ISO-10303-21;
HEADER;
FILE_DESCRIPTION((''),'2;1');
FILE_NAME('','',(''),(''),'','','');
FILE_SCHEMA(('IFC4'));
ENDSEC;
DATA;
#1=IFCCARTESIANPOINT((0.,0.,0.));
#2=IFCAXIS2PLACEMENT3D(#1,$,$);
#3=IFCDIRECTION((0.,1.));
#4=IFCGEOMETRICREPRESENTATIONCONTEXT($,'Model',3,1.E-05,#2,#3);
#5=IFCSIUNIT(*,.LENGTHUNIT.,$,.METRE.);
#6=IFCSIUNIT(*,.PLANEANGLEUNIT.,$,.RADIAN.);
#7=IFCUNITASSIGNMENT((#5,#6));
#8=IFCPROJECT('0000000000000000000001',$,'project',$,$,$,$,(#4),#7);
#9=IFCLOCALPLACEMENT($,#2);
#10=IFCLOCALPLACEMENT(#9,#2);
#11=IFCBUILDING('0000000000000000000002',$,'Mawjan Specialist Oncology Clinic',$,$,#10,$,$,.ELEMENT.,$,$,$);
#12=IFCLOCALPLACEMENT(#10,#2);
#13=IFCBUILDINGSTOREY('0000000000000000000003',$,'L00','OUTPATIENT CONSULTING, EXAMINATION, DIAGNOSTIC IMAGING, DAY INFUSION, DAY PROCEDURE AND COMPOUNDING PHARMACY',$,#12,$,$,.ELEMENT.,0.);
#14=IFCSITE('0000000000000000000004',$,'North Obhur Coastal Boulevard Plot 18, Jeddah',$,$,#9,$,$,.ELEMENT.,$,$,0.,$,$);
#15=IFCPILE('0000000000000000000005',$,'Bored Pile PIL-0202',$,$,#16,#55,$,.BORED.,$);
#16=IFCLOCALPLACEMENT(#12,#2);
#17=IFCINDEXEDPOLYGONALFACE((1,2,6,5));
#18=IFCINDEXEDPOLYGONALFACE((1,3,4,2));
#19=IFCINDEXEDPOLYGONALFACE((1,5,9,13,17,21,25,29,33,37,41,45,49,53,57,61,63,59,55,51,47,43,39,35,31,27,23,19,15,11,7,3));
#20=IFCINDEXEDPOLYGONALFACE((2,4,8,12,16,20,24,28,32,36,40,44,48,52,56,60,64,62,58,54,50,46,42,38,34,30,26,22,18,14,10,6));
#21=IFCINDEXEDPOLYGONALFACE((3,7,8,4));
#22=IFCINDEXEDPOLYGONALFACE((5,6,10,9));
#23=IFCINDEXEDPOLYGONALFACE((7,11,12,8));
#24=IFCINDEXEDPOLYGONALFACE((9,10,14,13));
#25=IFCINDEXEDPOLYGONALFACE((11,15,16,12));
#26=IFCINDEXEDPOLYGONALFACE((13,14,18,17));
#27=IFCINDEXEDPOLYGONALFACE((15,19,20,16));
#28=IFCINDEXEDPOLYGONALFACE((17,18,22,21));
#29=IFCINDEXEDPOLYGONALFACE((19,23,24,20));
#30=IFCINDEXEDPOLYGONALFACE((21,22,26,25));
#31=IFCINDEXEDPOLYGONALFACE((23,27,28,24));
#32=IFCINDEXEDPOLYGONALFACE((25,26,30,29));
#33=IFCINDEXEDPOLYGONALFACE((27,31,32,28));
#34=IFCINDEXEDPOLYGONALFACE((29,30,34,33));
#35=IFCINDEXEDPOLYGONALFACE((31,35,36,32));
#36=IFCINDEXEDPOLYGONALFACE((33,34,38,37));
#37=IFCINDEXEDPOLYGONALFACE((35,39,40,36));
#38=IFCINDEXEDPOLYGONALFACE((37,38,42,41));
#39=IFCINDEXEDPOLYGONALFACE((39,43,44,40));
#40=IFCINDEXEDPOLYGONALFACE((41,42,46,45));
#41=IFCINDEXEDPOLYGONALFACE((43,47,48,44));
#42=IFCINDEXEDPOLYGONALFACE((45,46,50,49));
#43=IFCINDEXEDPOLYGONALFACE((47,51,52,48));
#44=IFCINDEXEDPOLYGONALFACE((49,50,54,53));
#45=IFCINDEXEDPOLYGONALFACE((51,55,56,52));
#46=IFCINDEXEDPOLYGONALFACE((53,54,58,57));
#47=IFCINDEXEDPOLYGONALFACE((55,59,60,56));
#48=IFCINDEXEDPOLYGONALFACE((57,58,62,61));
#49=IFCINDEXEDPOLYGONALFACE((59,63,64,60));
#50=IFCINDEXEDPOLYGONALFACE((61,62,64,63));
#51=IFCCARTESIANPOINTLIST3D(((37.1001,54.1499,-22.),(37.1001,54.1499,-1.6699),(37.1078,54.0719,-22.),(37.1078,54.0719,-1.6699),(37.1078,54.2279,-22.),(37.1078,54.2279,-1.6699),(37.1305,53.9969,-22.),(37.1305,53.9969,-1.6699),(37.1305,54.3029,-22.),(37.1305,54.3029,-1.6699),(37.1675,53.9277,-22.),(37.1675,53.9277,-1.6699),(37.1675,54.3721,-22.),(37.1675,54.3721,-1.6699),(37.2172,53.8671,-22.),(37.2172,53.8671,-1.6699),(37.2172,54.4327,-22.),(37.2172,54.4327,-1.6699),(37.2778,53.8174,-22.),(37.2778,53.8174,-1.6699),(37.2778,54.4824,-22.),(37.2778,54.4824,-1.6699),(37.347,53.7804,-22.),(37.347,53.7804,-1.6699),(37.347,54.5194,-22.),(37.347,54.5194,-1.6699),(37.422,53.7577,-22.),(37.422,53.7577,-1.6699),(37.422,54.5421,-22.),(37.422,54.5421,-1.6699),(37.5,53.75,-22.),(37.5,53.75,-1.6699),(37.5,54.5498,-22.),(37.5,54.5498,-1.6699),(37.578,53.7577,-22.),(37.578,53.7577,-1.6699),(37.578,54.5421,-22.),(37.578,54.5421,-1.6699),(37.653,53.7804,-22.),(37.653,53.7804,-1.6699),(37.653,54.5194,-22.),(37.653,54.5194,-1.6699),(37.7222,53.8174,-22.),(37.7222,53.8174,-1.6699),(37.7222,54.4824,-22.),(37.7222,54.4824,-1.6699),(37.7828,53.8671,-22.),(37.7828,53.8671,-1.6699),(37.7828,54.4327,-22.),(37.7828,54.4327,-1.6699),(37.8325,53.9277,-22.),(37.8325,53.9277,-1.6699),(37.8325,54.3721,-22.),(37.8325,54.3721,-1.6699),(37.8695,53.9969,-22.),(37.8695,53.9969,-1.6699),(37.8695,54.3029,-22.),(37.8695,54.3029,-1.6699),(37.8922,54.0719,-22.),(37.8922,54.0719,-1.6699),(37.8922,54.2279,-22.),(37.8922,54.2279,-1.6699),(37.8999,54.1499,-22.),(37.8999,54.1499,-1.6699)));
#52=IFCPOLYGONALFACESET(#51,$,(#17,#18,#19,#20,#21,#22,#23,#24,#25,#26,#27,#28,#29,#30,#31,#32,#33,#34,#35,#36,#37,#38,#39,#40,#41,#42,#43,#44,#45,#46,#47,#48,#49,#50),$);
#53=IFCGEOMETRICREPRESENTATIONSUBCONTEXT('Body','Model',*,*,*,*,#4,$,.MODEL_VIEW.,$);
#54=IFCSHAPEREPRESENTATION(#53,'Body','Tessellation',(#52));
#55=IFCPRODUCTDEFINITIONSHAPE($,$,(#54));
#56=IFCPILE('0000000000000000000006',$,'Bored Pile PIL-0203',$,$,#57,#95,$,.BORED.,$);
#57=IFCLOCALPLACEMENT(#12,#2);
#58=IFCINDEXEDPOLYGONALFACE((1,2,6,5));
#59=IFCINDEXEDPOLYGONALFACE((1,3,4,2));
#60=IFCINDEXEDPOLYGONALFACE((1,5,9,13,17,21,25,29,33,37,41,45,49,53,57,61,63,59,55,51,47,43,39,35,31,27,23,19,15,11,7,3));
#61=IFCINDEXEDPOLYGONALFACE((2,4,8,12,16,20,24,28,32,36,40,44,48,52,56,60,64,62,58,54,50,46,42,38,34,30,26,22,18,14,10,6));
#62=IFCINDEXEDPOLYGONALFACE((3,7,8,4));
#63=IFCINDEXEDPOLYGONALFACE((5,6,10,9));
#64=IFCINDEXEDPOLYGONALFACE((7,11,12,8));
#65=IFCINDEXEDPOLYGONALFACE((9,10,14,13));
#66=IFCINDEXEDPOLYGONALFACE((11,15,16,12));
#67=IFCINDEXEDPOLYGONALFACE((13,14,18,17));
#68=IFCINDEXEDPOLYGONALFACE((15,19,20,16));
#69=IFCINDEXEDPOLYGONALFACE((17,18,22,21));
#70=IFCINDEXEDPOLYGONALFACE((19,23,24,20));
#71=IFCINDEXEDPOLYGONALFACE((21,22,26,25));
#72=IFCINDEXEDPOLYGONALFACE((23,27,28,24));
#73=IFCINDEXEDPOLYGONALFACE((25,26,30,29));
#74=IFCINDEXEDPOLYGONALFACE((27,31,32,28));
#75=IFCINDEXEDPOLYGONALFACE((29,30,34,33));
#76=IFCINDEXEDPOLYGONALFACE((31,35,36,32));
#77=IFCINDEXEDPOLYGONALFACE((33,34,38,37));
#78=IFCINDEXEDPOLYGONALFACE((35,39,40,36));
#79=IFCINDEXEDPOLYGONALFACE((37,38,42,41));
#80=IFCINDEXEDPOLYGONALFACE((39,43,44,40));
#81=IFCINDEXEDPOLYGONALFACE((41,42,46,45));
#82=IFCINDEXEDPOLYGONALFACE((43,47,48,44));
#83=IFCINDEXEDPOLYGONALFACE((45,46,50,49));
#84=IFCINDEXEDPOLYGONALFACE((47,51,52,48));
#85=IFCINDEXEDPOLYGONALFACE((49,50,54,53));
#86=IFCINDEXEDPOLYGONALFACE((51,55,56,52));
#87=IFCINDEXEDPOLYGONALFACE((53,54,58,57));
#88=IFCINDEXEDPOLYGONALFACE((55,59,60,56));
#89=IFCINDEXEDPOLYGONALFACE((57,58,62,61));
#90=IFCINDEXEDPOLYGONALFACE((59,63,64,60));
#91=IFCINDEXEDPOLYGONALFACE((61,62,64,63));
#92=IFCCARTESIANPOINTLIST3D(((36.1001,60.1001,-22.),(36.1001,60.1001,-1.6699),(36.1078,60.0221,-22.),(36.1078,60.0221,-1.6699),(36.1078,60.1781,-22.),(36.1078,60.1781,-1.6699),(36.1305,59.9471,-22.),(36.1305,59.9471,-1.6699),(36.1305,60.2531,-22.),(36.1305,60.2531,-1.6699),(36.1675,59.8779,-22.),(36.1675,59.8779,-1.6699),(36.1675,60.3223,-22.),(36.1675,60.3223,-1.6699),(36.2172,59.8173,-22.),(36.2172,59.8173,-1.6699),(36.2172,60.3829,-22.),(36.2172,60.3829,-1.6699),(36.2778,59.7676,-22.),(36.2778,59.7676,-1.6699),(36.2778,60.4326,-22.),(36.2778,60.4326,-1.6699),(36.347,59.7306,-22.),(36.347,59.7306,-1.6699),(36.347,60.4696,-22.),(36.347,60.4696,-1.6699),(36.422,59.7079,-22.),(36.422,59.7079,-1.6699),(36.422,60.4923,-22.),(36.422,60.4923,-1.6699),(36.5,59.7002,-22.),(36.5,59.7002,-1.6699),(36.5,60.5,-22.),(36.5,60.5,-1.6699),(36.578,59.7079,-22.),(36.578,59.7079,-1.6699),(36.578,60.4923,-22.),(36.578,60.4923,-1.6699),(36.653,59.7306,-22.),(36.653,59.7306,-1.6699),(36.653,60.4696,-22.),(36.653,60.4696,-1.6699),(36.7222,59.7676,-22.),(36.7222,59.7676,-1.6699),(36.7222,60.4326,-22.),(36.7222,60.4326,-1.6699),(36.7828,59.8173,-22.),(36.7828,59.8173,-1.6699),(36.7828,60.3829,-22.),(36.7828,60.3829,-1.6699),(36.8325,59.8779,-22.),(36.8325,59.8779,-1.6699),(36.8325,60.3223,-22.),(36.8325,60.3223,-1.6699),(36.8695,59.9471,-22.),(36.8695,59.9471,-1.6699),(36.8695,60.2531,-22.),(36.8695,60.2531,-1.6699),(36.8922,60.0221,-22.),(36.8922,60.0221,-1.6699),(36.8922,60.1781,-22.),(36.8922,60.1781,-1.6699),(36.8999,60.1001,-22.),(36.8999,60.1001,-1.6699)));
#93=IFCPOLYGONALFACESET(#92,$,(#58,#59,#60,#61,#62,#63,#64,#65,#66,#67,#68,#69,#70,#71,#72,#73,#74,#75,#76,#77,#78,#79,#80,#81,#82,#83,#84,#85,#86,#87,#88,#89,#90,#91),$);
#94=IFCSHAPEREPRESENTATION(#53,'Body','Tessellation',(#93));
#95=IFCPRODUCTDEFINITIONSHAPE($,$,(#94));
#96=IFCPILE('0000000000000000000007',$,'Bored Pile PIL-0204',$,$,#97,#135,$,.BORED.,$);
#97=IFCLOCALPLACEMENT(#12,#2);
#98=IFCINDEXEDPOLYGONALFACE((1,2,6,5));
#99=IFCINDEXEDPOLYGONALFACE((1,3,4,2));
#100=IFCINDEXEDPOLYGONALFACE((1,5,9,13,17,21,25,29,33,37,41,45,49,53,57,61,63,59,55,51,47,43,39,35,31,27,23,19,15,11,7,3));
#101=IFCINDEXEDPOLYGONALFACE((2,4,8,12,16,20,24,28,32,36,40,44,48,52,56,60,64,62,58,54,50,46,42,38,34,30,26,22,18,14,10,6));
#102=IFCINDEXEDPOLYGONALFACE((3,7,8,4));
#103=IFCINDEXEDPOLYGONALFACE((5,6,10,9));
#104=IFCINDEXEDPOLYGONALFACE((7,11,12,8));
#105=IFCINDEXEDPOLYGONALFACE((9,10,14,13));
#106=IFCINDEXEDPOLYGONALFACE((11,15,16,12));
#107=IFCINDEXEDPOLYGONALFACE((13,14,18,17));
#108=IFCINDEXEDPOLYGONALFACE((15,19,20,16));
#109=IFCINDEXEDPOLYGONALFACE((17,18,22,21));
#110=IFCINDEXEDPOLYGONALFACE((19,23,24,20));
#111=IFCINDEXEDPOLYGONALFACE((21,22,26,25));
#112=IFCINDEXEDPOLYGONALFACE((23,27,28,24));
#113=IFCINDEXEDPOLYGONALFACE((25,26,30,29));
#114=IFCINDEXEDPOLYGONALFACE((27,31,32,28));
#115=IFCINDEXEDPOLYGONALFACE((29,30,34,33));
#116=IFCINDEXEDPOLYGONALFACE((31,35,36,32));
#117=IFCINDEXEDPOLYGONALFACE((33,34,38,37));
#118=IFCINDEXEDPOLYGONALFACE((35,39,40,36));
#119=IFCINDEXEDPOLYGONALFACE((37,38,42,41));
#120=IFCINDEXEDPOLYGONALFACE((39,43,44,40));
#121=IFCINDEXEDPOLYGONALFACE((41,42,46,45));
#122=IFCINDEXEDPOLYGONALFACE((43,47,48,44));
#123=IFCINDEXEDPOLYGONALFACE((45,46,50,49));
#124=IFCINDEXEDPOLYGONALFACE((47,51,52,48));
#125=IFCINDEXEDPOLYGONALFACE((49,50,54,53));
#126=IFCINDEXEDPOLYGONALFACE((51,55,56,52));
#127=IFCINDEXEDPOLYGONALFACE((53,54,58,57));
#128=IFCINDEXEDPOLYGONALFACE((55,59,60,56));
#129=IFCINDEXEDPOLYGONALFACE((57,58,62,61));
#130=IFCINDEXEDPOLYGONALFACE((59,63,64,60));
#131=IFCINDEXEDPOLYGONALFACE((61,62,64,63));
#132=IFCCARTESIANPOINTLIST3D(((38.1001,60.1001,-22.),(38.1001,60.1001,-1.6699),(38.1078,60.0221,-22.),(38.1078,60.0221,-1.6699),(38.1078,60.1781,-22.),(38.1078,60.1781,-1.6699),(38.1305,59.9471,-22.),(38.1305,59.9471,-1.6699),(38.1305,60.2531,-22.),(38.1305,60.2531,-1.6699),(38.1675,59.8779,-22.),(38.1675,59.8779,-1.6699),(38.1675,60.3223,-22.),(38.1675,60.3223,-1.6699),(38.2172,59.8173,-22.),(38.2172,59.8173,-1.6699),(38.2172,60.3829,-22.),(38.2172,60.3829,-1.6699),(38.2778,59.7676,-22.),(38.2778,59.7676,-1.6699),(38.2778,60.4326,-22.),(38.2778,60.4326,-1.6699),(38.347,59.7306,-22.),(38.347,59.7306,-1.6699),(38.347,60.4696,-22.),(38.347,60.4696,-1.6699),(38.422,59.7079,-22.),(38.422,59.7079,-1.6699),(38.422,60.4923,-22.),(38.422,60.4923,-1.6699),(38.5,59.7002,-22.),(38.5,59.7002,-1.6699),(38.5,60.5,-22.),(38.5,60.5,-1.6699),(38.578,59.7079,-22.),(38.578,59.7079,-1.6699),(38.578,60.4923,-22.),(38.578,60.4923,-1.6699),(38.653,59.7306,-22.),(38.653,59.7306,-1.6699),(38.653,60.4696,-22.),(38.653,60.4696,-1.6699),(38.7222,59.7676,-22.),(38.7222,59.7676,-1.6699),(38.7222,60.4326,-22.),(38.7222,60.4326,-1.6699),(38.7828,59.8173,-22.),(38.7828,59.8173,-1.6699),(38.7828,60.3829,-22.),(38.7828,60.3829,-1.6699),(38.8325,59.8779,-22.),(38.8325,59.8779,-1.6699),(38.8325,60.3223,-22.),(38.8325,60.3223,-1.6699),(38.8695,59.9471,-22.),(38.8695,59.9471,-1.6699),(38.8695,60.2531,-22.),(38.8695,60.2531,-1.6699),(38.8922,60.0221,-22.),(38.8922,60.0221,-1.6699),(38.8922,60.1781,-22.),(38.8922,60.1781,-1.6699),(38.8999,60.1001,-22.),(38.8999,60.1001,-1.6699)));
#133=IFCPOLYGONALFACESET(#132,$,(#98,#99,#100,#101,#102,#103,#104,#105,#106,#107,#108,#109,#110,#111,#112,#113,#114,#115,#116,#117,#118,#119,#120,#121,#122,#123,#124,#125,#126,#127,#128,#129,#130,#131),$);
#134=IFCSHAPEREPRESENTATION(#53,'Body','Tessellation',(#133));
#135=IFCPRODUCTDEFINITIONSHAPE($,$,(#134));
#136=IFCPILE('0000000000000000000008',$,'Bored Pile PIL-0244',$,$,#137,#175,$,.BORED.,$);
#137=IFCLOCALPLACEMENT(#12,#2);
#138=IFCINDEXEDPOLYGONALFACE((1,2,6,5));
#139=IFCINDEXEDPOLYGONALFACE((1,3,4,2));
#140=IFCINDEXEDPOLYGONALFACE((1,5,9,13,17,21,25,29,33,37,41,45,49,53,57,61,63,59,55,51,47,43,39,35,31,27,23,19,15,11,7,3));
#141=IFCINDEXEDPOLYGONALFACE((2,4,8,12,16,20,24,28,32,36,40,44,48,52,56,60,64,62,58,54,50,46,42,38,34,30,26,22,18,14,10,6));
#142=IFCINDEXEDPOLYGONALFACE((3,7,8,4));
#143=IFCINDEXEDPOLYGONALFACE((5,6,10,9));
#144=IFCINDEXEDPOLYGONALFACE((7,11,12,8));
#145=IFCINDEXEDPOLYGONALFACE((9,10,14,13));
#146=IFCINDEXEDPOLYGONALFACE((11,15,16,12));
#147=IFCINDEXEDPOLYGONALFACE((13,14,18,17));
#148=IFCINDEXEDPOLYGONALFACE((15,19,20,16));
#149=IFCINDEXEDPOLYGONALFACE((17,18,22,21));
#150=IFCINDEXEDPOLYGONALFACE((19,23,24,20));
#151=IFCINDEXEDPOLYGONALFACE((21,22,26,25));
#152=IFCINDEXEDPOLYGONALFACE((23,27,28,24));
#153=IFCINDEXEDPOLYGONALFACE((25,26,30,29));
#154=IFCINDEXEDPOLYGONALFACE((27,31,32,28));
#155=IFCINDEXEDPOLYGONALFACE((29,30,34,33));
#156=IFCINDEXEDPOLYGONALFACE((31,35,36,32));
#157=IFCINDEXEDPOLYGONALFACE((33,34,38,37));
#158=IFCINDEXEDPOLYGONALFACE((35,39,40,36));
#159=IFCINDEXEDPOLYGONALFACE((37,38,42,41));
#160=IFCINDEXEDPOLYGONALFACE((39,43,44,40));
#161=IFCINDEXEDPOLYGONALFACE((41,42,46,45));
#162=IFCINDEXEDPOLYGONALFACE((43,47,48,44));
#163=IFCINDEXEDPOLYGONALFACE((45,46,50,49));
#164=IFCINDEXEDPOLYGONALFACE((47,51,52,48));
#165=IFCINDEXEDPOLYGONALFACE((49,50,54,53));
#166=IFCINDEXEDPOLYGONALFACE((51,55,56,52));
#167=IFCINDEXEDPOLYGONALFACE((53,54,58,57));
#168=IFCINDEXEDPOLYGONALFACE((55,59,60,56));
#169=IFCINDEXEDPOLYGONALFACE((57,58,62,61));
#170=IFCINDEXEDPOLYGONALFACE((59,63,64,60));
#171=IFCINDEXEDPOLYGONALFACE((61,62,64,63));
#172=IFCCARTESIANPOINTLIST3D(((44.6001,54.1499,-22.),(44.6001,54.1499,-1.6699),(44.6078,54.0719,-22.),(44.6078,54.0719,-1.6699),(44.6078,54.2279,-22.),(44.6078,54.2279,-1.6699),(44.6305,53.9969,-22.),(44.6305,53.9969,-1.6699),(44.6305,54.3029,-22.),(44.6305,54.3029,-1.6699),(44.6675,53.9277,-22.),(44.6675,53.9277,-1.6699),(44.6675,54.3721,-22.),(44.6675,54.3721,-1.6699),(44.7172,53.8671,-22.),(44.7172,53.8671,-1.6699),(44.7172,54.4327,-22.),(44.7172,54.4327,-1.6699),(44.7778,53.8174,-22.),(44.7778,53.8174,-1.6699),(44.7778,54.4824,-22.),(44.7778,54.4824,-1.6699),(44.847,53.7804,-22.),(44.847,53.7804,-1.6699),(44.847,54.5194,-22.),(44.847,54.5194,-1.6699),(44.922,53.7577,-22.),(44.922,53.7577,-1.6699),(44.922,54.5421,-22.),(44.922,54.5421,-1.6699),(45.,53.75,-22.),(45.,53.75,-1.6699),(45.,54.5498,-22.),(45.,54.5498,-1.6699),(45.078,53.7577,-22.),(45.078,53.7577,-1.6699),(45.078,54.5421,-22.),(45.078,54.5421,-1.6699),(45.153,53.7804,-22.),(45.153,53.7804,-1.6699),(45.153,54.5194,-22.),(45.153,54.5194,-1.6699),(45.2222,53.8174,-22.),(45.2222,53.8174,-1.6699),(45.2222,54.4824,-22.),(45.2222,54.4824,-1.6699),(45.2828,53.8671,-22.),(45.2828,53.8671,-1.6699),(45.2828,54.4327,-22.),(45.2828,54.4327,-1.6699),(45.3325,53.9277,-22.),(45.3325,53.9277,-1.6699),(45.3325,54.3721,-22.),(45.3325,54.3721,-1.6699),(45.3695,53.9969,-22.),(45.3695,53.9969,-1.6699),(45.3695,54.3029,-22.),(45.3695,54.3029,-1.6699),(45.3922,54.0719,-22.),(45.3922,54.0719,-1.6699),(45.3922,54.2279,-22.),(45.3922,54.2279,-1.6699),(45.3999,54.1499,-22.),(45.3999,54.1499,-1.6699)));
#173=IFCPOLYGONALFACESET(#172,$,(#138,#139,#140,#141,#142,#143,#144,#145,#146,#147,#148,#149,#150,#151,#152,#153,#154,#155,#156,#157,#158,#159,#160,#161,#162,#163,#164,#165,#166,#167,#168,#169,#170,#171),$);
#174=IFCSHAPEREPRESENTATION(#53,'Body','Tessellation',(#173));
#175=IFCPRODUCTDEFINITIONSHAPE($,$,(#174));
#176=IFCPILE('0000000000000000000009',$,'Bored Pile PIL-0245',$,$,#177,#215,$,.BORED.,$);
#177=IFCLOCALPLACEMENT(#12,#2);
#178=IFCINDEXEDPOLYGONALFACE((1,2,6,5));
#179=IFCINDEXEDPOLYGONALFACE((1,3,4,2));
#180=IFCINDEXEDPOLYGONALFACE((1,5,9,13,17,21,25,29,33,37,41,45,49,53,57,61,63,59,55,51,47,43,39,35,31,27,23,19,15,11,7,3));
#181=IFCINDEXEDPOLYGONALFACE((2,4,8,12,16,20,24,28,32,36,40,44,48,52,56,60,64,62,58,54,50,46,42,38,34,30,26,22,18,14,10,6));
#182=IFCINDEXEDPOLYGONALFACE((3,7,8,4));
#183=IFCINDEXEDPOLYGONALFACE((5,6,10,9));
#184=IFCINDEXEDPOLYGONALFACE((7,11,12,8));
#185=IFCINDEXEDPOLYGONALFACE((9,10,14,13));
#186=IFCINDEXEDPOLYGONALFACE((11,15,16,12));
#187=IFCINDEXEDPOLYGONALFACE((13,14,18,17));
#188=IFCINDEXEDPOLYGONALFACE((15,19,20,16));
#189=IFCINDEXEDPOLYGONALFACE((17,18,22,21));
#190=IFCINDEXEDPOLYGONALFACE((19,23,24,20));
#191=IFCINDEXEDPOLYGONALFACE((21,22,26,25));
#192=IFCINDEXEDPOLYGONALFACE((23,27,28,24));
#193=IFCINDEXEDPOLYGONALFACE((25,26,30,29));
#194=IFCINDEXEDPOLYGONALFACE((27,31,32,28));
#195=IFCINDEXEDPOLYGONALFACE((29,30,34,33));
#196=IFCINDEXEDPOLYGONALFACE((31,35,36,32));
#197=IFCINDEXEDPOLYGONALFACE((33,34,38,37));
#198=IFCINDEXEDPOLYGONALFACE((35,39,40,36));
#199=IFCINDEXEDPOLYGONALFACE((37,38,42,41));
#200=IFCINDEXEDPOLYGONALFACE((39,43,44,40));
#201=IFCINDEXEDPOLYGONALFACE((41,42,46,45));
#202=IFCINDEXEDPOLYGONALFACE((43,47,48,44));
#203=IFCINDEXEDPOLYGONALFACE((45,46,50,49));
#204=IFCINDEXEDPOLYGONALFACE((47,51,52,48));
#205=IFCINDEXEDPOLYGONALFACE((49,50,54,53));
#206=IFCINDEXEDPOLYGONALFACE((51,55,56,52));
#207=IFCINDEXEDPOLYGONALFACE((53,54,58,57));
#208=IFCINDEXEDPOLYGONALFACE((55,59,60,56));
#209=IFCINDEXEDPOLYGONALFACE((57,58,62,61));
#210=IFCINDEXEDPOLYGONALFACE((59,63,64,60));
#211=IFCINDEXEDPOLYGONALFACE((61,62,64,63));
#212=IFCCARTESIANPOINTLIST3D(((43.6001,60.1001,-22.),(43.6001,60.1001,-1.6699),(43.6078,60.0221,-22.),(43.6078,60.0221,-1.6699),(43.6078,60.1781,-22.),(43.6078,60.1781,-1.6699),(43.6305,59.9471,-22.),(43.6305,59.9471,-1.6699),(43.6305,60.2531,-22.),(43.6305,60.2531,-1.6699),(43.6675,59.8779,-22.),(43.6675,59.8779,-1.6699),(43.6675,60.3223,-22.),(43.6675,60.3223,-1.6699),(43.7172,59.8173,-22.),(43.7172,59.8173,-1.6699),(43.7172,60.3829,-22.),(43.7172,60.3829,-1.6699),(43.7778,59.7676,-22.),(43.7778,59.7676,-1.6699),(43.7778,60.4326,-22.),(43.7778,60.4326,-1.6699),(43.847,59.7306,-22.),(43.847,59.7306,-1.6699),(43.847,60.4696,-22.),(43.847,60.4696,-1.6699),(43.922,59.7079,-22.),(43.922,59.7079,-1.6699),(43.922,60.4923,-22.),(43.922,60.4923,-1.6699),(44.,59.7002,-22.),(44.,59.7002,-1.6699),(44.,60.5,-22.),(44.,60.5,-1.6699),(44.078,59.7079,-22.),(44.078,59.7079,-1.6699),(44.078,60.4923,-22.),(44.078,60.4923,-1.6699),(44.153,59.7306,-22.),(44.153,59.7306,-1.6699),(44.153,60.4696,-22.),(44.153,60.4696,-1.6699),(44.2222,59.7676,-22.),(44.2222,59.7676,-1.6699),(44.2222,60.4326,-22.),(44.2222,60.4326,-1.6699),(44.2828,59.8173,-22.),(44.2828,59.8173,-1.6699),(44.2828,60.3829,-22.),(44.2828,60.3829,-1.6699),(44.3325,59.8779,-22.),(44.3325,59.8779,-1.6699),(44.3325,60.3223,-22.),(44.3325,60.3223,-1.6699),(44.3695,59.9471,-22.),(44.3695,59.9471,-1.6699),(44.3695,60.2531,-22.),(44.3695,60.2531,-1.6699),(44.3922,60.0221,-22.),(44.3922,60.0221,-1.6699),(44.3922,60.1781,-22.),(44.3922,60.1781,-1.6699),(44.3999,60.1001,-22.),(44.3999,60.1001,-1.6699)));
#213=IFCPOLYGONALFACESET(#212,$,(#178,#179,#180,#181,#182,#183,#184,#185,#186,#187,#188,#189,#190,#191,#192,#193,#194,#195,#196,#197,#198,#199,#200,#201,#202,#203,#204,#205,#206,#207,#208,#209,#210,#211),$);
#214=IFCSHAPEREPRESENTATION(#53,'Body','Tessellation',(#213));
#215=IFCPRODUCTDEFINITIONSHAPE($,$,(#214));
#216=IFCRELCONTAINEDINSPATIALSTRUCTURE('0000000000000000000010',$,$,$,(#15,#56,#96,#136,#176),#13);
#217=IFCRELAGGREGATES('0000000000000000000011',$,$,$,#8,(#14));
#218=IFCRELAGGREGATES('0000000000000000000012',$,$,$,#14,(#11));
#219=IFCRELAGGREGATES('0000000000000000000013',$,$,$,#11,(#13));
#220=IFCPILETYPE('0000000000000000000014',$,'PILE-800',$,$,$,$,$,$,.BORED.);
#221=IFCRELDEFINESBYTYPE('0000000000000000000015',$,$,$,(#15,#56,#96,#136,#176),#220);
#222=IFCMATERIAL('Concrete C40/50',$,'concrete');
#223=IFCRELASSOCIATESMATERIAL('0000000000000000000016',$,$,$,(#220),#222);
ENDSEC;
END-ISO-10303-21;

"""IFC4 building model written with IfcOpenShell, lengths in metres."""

from ifc_helpers import new_model, si_unit, direction, frame, origin, origin_2d, place, context, subcontext, project, spatial, circle, extrude, material, material_profile, profile_set, type_object, element, save


model = new_model("IFC4")

# Units and contexts
model_context = context("Model", 3, precision=1e-05, world=origin(), true_north=direction((0.0, 1.0)))
body_context = subcontext(model_context, "Body", "Model", "MODEL_VIEW")
ifc_project = project(units=[si_unit("LENGTHUNIT", "METRE"), si_unit("PLANEANGLEUNIT", "RADIAN")], contexts=[model_context])

# Site, building, storey
site_placement = place(None, origin())
site = spatial("IfcSite", under=ifc_project, at=site_placement, Name="North Obhur Coastal Boulevard Plot 18, Jeddah", CompositionType="ELEMENT", RefElevation=0.0)
building_placement = place(site_placement, origin())
building = spatial("IfcBuilding", under=site, at=building_placement, Name="Mawjan Specialist Oncology Clinic", CompositionType="ELEMENT")
storey_placement = place(building_placement, origin())
storey = spatial("IfcBuildingStorey", under=building, at=storey_placement, Name="L00", Description="OUTPATIENT CONSULTING, EXAMINATION, DIAGNOSTIC IMAGING, DAY INFUSION, DAY PROCEDURE AND COMPOUNDING PHARMACY", CompositionType="ELEMENT", Elevation=0.0)

# Piles
ifc_material_1 = material(Name="Concrete C40/50", Category="concrete")
ifc_material_profile_1 = material_profile(ifc_material_1, circle(Radius=0.3999, at=origin_2d()), Name="BORED PILE D800", Category="concrete")
ifc_profile_set_1 = profile_set([ifc_material_profile_1], Name="Concrete C40/50")
pile_type = type_object("IfcPileType", Name="PILE-800", PredefinedType="BORED", material=ifc_profile_set_1)
for number, where, z_axis, x_axis, name in (
    (1, (37.5, 54.1499, -1.6699), (0.0, 0.0, -1.0), (1.0, 0.0, 0.0), "Bored Pile PIL-0202"),
    (2, (36.5, 60.1001, -1.6699), (0.0, 0.0, -1.0), (1.0, 0.0, 0.0), "Bored Pile PIL-0203"),
    (3, (38.5, 60.1001, -1.6699), (0.0, 0.0, -1.0), (1.0, 0.0, 0.0), "Bored Pile PIL-0204"),
    (4, (45.0, 54.1499, -1.6699), (0.0, 0.0, -1.0), (1.0, 0.0, 0.0), "Bored Pile PIL-0244"),
    (5, (44.0, 60.1001, -1.6699), (0.0, 0.0, -1.0), (1.0, 0.0, 0.0), "Bored Pile PIL-0245"),
):
    element("IfcPile", number, at=place(storey_placement, frame(where, z_axis=z_axis, x_axis=x_axis)), inside=storey, type_object=pile_type, Name=name, PredefinedType="BORED", context=body_context, shape_type="SweptSolid", body=[
        extrude(circle(Radius=0.3999, at=origin_2d()), origin(), (0.0, 0.0, 1.0), 20.3301),
    ])

save(model, "model.ifc")
